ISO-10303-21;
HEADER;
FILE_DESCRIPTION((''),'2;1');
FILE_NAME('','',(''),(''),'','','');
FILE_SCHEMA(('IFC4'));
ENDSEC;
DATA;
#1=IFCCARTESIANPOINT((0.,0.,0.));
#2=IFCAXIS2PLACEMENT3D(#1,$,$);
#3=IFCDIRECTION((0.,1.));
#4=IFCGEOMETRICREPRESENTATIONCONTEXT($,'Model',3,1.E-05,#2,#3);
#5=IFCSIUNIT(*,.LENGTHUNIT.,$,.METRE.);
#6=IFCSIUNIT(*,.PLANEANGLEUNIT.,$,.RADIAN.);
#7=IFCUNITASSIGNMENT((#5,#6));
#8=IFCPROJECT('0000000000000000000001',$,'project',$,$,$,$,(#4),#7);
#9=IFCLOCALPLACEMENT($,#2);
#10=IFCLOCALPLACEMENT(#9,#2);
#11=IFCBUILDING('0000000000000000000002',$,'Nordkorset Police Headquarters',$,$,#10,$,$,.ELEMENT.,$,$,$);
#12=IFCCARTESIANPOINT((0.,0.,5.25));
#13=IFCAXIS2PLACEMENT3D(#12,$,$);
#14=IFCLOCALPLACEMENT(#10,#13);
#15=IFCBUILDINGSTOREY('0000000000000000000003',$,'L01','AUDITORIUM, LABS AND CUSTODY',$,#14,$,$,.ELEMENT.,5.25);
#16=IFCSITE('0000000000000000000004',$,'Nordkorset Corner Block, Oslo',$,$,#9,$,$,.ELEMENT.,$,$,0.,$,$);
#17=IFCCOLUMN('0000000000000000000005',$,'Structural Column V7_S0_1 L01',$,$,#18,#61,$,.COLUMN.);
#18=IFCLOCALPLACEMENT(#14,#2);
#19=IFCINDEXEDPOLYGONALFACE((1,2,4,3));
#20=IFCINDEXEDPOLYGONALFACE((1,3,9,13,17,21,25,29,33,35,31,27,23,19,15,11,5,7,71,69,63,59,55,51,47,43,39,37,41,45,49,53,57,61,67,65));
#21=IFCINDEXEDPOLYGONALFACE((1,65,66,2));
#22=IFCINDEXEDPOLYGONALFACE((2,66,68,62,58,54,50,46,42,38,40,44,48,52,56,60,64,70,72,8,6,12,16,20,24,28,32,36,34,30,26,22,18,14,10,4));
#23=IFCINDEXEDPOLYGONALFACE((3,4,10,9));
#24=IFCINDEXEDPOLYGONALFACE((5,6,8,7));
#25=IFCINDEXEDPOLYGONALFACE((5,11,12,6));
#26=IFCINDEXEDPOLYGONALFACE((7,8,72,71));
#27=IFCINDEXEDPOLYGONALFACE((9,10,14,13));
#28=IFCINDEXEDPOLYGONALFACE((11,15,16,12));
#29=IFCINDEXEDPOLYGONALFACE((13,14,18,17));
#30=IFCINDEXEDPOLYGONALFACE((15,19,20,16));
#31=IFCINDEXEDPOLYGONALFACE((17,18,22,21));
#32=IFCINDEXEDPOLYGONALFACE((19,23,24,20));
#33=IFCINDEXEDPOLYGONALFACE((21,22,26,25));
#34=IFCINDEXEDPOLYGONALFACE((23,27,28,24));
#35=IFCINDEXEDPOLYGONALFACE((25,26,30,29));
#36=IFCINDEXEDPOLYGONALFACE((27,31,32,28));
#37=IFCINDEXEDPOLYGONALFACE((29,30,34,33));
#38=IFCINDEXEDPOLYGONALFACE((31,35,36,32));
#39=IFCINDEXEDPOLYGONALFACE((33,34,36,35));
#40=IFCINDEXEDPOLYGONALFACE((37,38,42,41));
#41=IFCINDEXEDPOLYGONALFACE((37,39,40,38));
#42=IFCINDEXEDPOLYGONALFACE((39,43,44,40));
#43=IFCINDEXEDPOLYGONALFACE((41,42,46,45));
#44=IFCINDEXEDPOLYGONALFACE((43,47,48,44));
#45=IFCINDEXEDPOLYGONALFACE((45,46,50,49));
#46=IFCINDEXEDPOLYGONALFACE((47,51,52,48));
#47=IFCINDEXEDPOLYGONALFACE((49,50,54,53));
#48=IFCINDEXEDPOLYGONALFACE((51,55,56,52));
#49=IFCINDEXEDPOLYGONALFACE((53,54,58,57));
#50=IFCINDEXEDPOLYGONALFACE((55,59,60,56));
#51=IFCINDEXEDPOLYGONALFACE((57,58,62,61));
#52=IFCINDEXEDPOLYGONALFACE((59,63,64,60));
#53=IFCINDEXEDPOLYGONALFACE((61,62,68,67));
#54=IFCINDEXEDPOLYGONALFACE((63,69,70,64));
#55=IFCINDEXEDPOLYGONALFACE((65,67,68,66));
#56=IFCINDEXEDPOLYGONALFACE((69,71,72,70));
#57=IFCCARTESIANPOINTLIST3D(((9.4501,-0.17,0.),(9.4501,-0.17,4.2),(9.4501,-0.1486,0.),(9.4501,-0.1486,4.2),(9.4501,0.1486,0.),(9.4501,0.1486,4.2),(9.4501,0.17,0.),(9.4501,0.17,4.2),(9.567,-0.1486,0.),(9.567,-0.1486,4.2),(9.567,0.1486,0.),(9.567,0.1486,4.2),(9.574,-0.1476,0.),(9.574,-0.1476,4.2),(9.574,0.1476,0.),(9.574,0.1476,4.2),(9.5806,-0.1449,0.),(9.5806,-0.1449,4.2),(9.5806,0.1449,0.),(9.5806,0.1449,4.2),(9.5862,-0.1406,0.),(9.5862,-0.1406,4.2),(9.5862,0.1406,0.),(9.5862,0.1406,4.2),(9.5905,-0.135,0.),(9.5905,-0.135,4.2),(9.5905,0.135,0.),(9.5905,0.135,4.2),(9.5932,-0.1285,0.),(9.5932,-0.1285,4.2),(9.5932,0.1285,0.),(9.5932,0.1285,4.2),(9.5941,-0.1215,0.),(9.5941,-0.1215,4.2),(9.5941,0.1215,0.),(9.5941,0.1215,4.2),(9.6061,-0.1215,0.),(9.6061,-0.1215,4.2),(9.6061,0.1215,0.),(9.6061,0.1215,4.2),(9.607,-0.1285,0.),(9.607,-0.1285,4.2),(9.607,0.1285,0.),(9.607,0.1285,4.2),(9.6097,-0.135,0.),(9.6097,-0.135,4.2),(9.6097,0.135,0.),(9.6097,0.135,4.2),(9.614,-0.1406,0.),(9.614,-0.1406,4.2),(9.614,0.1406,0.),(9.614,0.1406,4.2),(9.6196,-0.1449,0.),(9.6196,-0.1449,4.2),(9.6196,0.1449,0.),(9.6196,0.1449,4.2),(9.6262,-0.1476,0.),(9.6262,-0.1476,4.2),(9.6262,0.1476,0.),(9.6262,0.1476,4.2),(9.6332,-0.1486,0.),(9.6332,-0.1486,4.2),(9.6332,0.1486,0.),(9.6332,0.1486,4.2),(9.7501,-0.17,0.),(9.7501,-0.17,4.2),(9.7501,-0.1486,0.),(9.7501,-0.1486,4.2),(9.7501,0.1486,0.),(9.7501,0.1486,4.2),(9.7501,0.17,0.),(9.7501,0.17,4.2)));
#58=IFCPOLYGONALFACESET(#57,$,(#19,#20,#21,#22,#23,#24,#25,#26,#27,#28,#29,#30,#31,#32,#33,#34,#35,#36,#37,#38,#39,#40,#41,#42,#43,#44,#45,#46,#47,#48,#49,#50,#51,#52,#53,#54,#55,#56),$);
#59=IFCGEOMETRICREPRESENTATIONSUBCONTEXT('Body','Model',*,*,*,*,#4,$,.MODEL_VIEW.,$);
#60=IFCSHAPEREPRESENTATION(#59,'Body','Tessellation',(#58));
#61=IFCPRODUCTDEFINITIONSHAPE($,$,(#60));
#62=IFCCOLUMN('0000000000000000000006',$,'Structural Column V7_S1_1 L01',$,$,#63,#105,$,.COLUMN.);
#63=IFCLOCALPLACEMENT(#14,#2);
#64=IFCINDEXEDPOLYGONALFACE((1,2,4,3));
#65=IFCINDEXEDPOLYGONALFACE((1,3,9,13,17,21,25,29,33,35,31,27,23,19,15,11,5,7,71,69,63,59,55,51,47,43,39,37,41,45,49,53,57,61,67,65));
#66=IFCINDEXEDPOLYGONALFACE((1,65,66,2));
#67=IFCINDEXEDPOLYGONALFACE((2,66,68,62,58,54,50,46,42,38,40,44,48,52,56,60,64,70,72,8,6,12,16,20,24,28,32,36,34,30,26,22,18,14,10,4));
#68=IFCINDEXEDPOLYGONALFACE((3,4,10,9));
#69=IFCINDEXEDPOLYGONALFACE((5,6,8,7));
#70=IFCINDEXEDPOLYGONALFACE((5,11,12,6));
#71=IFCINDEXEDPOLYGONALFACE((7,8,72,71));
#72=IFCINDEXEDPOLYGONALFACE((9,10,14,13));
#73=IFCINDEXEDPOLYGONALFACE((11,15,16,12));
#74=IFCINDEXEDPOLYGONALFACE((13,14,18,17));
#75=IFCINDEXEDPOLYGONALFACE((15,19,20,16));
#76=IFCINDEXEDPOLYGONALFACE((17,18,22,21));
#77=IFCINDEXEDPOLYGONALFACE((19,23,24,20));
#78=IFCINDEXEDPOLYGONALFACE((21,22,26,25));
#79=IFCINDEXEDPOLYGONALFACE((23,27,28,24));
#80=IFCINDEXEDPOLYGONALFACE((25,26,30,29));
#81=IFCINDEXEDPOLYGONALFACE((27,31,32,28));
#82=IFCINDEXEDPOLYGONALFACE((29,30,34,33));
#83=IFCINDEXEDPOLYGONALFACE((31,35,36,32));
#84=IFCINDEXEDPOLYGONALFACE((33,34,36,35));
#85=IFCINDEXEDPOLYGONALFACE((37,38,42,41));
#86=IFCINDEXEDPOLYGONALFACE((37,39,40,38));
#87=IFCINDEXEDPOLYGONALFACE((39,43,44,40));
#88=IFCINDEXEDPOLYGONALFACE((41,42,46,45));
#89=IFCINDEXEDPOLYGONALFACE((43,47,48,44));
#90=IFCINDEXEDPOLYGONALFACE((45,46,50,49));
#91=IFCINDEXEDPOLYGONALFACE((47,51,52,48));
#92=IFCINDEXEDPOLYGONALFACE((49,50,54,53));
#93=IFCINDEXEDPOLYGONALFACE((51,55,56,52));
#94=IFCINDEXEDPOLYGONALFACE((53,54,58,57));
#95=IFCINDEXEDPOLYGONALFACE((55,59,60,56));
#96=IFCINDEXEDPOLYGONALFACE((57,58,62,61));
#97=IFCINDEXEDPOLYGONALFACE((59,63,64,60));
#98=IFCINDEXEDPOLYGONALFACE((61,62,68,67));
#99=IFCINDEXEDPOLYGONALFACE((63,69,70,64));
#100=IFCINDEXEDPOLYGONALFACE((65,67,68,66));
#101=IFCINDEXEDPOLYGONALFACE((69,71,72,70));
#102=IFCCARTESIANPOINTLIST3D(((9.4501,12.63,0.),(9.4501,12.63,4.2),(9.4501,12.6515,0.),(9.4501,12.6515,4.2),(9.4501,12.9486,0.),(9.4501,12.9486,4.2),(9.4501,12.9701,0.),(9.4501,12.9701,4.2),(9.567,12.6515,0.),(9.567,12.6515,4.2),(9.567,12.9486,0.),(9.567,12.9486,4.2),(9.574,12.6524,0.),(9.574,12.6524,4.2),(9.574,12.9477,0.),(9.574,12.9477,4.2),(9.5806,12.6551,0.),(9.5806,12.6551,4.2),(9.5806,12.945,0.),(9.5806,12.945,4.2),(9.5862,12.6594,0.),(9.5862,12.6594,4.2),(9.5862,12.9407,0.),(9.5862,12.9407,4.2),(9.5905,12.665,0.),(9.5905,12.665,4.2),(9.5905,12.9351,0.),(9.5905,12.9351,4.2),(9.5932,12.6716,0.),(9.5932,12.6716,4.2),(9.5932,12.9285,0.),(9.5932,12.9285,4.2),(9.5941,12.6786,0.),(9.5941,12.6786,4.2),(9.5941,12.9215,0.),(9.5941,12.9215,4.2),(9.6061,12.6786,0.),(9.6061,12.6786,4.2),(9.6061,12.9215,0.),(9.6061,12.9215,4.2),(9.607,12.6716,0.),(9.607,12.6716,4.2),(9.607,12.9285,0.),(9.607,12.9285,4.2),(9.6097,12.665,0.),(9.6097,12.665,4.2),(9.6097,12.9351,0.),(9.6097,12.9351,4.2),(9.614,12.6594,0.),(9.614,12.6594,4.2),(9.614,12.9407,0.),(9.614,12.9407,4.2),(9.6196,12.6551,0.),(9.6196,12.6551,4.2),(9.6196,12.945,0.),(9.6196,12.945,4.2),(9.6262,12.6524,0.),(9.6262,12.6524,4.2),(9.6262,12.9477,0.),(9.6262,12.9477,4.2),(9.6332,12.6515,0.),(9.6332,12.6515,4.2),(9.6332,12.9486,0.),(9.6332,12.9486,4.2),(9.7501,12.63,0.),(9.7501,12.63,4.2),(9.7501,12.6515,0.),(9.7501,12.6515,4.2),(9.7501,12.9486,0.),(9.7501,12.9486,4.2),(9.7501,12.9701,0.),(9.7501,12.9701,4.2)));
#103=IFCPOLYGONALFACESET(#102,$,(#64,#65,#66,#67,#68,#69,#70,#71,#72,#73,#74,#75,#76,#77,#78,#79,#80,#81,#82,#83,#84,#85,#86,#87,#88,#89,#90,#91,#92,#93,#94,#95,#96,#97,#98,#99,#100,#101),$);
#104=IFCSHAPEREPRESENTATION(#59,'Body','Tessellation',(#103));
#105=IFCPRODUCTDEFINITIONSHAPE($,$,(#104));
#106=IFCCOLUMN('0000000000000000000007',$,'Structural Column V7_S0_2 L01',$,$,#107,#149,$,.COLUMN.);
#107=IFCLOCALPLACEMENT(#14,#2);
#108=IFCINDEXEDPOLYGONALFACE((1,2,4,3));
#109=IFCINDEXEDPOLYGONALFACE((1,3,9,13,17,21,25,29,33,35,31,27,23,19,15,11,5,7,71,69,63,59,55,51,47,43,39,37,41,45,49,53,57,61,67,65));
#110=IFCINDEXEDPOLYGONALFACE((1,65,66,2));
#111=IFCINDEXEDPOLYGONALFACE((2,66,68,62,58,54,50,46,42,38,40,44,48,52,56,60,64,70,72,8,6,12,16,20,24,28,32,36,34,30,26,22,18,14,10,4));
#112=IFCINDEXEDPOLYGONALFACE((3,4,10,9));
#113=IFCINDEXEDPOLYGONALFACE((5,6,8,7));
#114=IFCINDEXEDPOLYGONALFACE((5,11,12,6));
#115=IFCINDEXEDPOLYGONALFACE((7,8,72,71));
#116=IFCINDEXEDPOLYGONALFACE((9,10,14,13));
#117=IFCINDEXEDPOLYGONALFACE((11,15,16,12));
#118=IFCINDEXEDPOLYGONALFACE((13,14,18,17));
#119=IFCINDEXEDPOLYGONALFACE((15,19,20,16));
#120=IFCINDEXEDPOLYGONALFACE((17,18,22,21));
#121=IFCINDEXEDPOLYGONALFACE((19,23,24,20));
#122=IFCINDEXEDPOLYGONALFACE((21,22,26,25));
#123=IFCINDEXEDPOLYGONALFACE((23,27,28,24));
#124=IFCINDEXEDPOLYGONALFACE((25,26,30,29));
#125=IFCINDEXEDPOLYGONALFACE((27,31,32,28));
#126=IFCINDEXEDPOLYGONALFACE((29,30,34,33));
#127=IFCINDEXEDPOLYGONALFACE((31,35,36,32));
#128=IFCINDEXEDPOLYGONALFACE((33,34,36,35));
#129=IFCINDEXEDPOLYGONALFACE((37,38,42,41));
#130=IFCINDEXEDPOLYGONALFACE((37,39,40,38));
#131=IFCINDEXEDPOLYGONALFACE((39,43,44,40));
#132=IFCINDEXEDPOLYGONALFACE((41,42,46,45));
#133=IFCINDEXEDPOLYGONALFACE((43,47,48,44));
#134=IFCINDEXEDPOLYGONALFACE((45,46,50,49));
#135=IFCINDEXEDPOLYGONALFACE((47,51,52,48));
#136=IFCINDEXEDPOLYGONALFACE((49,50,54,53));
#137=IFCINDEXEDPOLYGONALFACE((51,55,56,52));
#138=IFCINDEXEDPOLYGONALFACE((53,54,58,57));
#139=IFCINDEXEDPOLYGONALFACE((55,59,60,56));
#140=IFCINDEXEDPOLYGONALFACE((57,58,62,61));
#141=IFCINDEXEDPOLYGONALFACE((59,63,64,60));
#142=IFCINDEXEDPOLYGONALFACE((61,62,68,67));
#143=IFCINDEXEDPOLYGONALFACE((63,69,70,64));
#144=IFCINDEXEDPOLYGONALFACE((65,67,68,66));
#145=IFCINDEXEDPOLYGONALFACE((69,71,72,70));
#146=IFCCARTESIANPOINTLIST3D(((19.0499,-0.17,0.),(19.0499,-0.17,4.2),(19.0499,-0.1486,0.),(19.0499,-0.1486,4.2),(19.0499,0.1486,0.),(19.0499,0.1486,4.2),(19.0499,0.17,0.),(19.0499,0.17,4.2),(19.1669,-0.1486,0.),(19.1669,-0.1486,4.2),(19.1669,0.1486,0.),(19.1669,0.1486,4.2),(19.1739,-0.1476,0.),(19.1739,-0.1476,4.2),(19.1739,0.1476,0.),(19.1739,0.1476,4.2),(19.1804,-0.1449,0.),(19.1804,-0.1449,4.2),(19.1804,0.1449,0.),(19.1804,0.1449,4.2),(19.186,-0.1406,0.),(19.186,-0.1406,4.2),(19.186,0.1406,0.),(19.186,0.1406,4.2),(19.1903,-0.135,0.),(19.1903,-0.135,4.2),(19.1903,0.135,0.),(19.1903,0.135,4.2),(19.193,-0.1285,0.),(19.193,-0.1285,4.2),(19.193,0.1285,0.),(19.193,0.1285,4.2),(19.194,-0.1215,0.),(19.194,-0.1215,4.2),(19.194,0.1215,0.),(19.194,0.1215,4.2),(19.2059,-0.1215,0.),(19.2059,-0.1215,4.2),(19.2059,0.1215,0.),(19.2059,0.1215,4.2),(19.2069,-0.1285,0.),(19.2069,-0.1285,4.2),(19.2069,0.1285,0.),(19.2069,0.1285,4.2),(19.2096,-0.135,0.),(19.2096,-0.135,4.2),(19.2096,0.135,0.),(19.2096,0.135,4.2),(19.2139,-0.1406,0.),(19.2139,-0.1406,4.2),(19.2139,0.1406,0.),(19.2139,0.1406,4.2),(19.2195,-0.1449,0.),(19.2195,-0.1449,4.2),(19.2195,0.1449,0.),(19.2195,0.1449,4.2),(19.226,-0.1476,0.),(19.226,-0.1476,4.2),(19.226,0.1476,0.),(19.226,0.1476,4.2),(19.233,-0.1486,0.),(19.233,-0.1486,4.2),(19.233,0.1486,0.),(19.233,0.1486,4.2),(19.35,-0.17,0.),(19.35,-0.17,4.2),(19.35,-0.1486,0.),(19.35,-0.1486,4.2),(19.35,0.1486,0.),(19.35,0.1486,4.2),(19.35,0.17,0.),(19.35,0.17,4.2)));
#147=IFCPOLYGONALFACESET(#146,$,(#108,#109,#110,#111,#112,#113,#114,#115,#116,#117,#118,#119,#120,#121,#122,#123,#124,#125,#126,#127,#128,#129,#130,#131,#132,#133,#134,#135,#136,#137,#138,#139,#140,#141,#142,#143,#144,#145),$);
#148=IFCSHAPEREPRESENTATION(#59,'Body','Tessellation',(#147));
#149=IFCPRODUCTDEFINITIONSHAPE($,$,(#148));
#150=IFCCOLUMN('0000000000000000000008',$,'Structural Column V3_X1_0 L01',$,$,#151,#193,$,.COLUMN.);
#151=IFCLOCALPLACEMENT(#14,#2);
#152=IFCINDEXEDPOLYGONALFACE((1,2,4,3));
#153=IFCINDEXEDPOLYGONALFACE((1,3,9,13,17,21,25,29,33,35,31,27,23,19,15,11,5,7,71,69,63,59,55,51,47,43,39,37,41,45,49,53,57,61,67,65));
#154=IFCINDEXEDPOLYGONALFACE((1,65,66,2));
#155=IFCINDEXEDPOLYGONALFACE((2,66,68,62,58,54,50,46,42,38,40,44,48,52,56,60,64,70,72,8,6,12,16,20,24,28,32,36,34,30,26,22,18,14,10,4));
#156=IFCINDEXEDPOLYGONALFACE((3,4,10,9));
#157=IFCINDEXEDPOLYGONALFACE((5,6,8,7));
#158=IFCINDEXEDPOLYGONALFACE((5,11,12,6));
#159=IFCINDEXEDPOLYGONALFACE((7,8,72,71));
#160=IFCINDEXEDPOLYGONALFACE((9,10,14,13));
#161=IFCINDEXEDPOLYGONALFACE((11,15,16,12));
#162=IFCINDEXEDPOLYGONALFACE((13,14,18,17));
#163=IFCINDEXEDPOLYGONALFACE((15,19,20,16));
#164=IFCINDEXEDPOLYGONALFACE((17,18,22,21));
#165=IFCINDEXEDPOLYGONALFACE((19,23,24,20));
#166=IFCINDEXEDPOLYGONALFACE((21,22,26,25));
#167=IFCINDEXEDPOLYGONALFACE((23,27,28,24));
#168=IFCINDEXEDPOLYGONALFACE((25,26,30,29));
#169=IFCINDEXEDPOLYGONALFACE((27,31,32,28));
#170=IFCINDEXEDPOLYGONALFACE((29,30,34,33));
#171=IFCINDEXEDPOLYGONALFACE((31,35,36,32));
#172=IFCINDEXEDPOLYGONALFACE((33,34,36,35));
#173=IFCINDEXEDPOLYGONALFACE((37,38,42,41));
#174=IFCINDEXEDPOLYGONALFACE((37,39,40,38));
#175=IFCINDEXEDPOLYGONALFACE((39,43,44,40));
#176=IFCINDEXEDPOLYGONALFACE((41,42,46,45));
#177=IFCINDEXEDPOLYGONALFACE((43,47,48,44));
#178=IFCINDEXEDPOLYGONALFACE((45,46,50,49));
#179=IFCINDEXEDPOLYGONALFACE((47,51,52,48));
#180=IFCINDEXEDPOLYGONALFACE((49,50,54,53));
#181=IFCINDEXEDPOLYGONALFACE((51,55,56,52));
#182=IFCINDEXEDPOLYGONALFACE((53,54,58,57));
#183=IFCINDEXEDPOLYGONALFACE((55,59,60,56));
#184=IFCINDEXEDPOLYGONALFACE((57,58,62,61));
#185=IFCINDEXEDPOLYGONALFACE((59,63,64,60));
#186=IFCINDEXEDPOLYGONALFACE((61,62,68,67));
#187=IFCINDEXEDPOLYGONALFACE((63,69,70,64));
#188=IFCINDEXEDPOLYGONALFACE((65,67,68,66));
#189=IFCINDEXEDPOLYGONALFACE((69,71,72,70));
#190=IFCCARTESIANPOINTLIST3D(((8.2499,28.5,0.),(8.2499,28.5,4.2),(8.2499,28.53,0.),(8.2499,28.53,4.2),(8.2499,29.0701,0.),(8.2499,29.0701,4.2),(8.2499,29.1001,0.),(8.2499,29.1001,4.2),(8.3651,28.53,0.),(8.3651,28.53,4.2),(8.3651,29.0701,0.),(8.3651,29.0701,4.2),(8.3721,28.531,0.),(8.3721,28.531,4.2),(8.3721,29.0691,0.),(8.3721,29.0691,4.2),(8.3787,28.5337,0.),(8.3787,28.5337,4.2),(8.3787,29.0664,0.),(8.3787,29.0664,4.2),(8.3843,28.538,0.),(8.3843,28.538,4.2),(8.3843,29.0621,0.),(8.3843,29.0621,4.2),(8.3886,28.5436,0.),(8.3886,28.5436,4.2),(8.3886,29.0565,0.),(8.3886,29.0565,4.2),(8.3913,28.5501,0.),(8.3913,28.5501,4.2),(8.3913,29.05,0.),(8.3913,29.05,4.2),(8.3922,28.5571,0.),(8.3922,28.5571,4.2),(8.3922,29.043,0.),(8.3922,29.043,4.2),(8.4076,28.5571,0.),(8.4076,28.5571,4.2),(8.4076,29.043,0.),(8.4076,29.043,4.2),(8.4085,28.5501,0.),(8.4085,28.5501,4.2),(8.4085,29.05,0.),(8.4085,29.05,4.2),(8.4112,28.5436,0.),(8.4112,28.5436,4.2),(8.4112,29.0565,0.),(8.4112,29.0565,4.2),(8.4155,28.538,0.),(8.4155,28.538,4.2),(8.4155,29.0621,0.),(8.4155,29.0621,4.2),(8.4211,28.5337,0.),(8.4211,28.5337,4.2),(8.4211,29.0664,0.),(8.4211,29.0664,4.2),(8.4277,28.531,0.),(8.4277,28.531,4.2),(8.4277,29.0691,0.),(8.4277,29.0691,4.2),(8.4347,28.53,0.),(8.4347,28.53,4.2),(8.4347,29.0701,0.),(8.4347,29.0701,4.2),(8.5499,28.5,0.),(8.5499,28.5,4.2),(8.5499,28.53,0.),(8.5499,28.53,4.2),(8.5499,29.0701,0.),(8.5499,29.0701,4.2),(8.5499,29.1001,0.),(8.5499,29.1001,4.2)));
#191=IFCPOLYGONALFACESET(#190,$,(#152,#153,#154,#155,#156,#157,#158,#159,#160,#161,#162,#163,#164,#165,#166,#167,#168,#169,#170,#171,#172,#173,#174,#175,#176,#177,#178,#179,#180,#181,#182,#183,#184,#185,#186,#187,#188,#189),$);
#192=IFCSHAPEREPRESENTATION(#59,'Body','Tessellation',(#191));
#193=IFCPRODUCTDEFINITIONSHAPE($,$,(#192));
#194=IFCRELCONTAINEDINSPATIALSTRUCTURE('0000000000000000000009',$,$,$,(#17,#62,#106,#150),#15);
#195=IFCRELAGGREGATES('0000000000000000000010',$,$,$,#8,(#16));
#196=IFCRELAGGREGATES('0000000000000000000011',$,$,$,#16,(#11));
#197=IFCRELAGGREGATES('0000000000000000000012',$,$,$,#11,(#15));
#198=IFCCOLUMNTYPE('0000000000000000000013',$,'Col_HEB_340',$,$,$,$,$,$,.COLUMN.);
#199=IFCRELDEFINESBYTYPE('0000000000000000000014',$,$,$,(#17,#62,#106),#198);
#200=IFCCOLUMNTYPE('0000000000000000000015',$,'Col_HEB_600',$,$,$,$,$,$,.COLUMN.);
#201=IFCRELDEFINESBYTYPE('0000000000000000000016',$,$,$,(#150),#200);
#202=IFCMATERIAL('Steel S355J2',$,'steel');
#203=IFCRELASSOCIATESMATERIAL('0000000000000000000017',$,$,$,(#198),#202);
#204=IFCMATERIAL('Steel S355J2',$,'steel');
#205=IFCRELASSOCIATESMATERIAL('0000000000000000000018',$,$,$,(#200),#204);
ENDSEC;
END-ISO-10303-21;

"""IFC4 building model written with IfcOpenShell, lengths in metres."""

from ifc_helpers import new_model, si_unit, direction, frame, origin, origin_2d, place, context, subcontext, project, spatial, i_section, extrude, material, material_profile, profile_set, type_object, element, save


model = new_model("IFC4")

# Units and contexts
model_context = context("Model", 3, precision=1e-05, world=origin(), true_north=direction((0.0, 1.0)))
body_context = subcontext(model_context, "Body", "Model", "MODEL_VIEW")
ifc_project = project(units=[si_unit("LENGTHUNIT", "METRE"), si_unit("PLANEANGLEUNIT", "RADIAN")], contexts=[model_context])

# Site, building, storey
site_placement = place(None, origin())
site = spatial("IfcSite", under=ifc_project, at=site_placement, Name="Nordkorset Corner Block, Oslo", CompositionType="ELEMENT", RefElevation=0.0)
building_placement = place(site_placement, origin())
building = spatial("IfcBuilding", under=site, at=building_placement, Name="Nordkorset Police Headquarters", CompositionType="ELEMENT")
storey_placement = place(building_placement, frame((0.0, 0.0, 5.25)))
storey = spatial("IfcBuildingStorey", under=building, at=storey_placement, Name="L01", Description="AUDITORIUM, LABS AND CUSTODY", CompositionType="ELEMENT", Elevation=5.25)

# Columns
ifc_material_1 = material(Name="Steel S355J2", Category="steel")
ifc_material_profile_1 = material_profile(ifc_material_1, i_section(OverallWidth=0.3, OverallDepth=0.3401, WebThickness=0.012, FlangeThickness=0.0215, FilletRadius=0.0271, at=origin_2d()), Name="HEB 340")
ifc_profile_set_1 = profile_set([ifc_material_profile_1], Name="Steel S355J2")
column_type_1 = type_object("IfcColumnType", Name="Col_HEB_340", PredefinedType="COLUMN", material=ifc_profile_set_1)
for number, where, z_axis, x_axis, name in (
    (1, (9.6001, 0.0, 0.0), (0.0, 0.0, 1.0), (1.0, 0.0, 0.0), "Structural Column V7_S0_1 L01"),
    (2, (9.6001, 12.8, 0.0), (0.0, 0.0, 1.0), (1.0, 0.0, 0.0), "Structural Column V7_S1_1 L01"),
    (3, (19.2, 0.0, 0.0), (0.0, 0.0, 1.0), (1.0, 0.0, 0.0), "Structural Column V7_S0_2 L01"),
):
    element("IfcColumn", number, at=place(storey_placement, frame(where, z_axis=z_axis, x_axis=x_axis)), inside=storey, type_object=column_type_1, Name=name, PredefinedType="COLUMN", context=body_context, shape_type="SweptSolid", body=[
        extrude(i_section(OverallWidth=0.3, OverallDepth=0.3401, WebThickness=0.012, FlangeThickness=0.0215, FilletRadius=0.0271, at=origin_2d()), origin(), (0.0, 0.0, 1.0), 4.2),
    ])
ifc_material_2 = material(Name="Steel S355J2", Category="steel")
ifc_material_profile_2 = material_profile(ifc_material_2, i_section(OverallWidth=0.3, OverallDepth=0.6001, WebThickness=0.0154, FlangeThickness=0.03, FilletRadius=0.0271, at=origin_2d()), Name="HEB 600")
ifc_profile_set_2 = profile_set([ifc_material_profile_2], Name="Steel S355J2")
column_type_2 = type_object("IfcColumnType", Name="Col_HEB_600", PredefinedType="COLUMN", material=ifc_profile_set_2)
for number, where, z_axis, x_axis, name in (
    (4, (8.3999, 28.8, 0.0), (0.0, 0.0, 1.0), (1.0, 0.0, 0.0), "Structural Column V3_X1_0 L01"),
):
    element("IfcColumn", number, at=place(storey_placement, frame(where, z_axis=z_axis, x_axis=x_axis)), inside=storey, type_object=column_type_2, Name=name, PredefinedType="COLUMN", context=body_context, shape_type="SweptSolid", body=[
        extrude(i_section(OverallWidth=0.3, OverallDepth=0.6001, WebThickness=0.0154, FlangeThickness=0.03, FilletRadius=0.0271, at=origin_2d()), origin(), (0.0, 0.0, 1.0), 4.2),
    ])

save(model, "model.ifc")
